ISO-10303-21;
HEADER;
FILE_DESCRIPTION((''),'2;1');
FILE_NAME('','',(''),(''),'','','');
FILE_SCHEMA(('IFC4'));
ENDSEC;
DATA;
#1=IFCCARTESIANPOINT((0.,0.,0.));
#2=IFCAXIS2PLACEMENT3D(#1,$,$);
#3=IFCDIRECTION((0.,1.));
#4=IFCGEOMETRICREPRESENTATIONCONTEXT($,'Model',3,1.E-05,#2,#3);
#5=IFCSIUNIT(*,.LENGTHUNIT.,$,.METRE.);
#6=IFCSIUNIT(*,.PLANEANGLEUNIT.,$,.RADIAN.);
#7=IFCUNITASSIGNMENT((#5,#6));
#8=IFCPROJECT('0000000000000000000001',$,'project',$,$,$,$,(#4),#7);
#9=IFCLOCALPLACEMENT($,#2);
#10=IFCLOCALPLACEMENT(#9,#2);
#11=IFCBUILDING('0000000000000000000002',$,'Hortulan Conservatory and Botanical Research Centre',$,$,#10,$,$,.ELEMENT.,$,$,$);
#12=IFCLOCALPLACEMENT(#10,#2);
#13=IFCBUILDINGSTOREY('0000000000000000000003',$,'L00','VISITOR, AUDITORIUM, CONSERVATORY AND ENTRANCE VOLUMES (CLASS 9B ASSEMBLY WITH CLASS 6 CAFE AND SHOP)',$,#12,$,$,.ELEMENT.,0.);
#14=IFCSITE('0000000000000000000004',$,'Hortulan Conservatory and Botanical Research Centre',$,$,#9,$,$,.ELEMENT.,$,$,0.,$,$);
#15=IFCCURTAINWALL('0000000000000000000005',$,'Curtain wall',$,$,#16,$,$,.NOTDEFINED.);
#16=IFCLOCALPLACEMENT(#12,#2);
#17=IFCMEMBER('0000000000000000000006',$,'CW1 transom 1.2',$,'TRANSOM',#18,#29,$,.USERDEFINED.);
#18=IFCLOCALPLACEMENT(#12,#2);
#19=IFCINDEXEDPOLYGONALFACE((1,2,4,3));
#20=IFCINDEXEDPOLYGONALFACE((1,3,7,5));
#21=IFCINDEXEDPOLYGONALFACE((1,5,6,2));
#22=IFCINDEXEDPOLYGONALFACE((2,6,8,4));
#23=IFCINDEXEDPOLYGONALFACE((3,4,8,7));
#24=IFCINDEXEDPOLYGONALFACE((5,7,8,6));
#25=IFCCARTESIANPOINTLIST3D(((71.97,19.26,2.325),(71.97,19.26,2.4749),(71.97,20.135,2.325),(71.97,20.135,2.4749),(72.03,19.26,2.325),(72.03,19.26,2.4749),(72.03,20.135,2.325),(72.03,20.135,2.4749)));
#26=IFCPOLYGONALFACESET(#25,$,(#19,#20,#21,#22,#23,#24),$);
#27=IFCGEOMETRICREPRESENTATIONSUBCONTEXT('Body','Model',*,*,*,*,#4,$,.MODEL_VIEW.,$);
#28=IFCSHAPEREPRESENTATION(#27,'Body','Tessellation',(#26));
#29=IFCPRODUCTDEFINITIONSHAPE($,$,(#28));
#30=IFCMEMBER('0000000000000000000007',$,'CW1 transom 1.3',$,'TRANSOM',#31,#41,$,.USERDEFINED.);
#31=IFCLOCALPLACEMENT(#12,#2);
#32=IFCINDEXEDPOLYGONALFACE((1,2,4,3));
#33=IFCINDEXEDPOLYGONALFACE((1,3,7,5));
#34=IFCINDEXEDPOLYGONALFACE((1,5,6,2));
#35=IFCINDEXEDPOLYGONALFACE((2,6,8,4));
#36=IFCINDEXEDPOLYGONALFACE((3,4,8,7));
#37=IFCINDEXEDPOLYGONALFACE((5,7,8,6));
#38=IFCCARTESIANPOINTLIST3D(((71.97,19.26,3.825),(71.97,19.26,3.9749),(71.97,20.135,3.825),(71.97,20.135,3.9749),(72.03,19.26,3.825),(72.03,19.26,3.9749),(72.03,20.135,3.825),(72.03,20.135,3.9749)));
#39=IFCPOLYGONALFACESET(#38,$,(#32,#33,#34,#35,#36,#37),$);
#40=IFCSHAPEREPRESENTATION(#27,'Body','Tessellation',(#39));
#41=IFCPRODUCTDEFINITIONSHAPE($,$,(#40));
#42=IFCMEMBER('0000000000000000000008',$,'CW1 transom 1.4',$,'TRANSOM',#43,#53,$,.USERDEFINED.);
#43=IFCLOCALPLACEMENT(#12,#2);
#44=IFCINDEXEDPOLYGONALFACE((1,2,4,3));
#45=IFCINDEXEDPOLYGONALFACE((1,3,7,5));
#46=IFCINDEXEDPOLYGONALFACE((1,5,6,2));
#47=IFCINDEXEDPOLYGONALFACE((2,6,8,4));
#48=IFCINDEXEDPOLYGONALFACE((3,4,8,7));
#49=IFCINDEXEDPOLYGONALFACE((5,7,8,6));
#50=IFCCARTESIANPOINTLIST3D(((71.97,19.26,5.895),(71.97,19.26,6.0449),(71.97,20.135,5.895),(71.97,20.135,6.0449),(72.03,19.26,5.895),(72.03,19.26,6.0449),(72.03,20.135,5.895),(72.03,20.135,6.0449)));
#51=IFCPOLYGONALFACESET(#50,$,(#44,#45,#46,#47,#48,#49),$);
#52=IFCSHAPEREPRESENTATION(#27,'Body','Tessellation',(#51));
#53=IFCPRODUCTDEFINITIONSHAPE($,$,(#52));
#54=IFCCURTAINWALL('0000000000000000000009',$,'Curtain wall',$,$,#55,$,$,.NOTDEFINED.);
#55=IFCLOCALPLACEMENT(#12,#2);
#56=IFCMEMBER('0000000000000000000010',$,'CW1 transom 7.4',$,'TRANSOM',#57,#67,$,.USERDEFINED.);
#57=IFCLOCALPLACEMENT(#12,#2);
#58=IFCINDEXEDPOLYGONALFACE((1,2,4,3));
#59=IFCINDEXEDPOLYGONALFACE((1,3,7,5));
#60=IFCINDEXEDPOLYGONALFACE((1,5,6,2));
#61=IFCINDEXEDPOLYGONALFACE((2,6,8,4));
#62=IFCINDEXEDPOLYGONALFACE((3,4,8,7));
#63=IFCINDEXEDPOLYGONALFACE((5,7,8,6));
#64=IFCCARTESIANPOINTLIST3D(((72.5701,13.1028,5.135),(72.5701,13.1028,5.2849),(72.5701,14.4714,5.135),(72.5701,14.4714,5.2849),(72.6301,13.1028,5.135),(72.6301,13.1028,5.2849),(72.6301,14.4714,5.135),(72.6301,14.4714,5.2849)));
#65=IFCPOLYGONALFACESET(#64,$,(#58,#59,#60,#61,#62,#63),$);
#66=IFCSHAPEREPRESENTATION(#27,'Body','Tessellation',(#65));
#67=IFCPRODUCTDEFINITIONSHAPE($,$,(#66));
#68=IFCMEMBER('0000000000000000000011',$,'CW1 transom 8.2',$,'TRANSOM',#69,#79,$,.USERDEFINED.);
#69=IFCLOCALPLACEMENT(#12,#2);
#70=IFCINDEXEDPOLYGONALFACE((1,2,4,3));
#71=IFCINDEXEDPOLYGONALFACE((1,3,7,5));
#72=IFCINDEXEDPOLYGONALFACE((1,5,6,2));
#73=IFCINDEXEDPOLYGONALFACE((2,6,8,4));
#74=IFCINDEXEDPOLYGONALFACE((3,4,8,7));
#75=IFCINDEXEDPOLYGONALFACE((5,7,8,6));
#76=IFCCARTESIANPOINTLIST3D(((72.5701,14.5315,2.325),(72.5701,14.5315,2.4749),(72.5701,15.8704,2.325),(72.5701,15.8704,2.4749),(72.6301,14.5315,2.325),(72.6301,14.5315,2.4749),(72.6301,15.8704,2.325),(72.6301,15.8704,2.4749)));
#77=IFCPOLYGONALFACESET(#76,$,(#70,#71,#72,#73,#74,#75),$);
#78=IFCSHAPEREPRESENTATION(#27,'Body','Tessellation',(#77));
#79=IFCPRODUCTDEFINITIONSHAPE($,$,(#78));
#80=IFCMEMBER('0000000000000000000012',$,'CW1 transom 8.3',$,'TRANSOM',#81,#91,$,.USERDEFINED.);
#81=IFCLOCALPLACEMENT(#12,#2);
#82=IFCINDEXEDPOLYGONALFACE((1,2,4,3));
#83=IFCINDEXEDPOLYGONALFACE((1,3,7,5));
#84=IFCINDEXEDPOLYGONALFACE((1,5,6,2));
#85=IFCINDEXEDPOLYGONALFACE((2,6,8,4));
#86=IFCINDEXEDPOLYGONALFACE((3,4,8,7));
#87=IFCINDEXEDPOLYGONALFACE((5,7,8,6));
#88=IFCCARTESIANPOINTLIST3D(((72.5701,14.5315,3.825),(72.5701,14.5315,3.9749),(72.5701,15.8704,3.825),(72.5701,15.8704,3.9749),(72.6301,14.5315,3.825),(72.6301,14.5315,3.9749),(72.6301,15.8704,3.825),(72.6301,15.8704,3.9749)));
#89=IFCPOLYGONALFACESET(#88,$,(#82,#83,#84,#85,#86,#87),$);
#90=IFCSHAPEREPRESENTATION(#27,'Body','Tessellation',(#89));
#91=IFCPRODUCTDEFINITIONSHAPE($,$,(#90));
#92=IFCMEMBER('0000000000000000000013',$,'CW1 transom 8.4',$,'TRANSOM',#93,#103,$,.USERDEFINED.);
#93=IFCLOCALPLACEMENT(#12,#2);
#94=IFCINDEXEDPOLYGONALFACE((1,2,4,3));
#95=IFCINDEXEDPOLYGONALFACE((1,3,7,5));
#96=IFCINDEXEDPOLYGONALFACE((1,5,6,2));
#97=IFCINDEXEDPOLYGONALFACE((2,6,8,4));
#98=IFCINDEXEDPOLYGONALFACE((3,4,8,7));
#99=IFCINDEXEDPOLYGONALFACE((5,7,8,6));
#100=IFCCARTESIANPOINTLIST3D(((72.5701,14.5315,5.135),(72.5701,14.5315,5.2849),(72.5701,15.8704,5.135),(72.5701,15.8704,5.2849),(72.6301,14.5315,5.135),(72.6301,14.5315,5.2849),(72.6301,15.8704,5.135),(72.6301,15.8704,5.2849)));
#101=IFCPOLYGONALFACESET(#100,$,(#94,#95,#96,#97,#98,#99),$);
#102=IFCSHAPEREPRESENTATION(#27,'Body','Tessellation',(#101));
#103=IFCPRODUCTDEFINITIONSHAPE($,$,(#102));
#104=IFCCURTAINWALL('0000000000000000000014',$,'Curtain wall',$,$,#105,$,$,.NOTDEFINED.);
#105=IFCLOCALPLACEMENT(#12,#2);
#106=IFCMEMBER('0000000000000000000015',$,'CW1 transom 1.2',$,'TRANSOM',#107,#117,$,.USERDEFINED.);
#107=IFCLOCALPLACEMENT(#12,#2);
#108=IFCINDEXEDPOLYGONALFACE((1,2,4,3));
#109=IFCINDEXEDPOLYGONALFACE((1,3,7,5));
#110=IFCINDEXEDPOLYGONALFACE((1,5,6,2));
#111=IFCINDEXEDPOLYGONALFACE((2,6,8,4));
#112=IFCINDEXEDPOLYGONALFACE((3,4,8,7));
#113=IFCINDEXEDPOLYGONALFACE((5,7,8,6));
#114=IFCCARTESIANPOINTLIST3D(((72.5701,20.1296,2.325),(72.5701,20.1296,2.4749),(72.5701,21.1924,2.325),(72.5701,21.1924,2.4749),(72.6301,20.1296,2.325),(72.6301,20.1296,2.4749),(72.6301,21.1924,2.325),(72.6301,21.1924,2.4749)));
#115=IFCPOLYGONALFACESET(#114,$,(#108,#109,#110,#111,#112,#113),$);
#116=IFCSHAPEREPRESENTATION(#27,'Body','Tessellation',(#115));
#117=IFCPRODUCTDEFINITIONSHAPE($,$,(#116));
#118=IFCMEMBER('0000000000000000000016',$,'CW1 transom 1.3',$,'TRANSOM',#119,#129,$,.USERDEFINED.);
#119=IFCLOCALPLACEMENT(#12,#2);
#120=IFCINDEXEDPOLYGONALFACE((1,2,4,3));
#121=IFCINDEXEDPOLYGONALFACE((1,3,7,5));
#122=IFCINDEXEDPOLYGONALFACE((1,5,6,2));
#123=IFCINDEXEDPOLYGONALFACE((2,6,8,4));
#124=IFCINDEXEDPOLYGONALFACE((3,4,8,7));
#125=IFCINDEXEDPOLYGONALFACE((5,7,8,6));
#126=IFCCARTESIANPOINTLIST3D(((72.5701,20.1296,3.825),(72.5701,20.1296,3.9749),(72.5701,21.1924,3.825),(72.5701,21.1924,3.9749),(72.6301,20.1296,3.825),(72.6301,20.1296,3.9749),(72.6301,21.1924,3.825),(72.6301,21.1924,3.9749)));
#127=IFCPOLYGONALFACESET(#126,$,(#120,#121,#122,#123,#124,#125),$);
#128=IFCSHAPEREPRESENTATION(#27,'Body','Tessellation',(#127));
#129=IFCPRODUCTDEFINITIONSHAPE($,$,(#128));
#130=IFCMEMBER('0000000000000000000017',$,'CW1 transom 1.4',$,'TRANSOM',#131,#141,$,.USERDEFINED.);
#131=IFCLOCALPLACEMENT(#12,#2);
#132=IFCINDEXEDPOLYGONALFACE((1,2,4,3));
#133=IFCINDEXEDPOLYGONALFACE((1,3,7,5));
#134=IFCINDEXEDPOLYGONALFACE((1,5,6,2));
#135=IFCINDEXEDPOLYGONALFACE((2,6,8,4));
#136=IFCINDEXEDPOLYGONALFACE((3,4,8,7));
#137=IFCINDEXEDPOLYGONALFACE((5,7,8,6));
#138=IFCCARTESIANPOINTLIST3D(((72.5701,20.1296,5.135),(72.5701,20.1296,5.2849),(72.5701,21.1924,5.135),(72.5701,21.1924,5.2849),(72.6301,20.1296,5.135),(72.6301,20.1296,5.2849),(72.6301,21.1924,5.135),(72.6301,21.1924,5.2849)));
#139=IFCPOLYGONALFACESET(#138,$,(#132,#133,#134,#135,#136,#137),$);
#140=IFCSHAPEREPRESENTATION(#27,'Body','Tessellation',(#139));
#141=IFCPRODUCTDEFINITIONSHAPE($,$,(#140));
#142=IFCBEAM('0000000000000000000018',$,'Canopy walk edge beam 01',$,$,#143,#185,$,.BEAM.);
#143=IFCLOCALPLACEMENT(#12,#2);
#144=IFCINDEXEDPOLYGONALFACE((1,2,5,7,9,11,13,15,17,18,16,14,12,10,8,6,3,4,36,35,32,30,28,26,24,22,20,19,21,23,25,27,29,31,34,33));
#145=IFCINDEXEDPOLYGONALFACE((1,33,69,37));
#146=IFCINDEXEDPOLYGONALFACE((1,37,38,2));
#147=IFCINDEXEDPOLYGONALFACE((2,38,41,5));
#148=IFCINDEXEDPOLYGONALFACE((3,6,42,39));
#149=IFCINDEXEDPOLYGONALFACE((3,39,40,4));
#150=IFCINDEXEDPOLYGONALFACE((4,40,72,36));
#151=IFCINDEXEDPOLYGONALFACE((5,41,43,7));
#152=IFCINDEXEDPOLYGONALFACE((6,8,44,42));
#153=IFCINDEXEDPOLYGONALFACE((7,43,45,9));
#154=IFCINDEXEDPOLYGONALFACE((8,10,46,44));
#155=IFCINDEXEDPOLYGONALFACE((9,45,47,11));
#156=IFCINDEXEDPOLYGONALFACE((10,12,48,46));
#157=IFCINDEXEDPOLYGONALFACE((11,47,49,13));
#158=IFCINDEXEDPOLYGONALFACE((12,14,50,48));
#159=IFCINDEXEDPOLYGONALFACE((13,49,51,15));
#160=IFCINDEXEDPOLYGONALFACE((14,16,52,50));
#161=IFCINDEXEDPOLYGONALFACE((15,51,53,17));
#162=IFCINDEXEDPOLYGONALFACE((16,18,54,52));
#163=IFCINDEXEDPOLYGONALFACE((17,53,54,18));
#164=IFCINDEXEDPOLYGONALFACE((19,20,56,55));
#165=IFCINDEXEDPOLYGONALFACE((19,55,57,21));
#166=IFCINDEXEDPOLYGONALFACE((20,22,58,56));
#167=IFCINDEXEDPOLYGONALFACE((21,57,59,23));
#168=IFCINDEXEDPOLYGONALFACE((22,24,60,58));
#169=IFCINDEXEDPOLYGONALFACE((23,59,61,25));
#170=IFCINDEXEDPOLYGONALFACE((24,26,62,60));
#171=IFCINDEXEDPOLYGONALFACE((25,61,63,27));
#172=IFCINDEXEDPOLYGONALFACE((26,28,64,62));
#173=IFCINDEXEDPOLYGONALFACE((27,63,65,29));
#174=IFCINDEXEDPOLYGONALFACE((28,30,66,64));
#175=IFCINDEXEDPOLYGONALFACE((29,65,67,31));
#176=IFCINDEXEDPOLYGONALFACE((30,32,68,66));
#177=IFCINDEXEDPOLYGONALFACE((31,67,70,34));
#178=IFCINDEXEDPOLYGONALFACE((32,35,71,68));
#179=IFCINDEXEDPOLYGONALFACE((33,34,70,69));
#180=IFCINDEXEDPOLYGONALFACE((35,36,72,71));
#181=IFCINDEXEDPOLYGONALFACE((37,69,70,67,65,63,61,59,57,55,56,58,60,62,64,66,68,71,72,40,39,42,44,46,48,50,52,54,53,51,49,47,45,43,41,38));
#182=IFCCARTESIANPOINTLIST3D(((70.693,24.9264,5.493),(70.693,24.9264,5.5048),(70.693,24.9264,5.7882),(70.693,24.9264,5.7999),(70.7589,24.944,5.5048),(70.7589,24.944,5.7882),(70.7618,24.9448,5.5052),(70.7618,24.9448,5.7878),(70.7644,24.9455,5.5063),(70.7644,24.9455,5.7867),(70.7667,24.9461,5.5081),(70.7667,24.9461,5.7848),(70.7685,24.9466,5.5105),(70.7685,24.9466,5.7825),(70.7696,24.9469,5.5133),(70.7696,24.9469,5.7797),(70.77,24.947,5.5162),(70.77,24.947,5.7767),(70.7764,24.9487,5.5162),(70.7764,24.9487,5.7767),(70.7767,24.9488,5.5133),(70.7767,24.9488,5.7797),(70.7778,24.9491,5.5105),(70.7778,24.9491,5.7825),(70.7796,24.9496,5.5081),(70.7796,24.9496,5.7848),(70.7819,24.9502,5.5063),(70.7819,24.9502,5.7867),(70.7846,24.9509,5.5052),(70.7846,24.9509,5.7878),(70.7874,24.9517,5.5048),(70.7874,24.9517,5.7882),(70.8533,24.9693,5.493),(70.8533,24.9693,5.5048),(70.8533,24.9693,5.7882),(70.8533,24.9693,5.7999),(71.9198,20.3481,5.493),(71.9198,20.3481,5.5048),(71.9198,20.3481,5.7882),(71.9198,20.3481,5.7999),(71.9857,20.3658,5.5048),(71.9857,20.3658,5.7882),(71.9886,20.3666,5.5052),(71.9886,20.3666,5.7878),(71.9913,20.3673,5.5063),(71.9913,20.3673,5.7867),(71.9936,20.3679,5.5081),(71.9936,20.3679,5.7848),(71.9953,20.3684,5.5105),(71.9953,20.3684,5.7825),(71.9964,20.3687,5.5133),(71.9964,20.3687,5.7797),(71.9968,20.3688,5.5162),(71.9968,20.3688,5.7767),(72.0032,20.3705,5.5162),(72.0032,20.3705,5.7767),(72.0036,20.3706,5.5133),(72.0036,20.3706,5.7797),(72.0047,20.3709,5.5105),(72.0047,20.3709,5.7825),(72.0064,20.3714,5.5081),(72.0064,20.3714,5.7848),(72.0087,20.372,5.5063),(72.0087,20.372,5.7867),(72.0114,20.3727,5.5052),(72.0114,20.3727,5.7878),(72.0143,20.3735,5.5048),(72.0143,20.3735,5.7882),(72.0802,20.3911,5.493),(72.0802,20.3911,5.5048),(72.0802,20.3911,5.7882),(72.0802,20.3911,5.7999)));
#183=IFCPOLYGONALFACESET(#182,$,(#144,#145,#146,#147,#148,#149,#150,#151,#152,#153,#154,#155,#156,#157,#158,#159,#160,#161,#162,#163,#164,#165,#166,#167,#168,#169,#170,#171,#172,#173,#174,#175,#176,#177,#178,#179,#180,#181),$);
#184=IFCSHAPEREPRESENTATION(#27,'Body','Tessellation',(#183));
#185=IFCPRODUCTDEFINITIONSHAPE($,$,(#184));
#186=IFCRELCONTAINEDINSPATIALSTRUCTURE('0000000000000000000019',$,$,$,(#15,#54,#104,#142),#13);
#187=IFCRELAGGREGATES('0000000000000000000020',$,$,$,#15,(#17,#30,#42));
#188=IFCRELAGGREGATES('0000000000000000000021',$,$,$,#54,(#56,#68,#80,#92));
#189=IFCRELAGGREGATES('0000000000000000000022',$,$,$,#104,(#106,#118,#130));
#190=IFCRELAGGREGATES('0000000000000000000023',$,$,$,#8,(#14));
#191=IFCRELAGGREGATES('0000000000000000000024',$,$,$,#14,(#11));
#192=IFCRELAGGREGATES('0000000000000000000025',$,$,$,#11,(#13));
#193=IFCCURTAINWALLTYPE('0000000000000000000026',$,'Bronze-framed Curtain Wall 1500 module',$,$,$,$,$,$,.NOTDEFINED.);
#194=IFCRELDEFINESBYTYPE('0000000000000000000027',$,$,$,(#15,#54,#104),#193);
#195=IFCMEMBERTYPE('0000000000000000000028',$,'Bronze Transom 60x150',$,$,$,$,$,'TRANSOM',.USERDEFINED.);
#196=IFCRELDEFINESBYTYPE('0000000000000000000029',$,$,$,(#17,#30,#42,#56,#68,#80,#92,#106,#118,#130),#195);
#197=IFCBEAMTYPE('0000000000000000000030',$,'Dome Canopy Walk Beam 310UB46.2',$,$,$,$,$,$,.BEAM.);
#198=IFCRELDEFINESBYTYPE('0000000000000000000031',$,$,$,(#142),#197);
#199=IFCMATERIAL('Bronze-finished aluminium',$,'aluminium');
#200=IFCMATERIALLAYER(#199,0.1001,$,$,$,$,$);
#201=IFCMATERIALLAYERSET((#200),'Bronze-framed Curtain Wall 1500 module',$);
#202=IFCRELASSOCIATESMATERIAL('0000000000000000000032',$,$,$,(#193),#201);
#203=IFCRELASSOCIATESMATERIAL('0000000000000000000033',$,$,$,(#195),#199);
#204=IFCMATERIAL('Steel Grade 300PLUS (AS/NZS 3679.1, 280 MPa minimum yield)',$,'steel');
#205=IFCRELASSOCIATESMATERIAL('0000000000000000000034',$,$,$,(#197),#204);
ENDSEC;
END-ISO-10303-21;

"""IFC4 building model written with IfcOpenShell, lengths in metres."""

from ifc_helpers import new_model, si_unit, direction, frame, origin, origin_2d, place, context, subcontext, project, spatial, rectangle, i_section, extrude, material, layer, layer_set, material_profile, profile_set, type_object, element, aggregate, save


model = new_model("IFC4")

# Units and contexts
model_context = context("Model", 3, precision=1e-05, world=origin(), true_north=direction((0.0, 1.0)))
body_context = subcontext(model_context, "Body", "Model", "MODEL_VIEW")
ifc_project = project(units=[si_unit("LENGTHUNIT", "METRE"), si_unit("PLANEANGLEUNIT", "RADIAN")], contexts=[model_context])

# Site, building, storey
site_placement = place(None, origin())
site = spatial("IfcSite", under=ifc_project, at=site_placement, Name="Hortulan Conservatory and Botanical Research Centre", CompositionType="ELEMENT", RefElevation=0.0)
building_placement = place(site_placement, origin())
building = spatial("IfcBuilding", under=site, at=building_placement, Name="Hortulan Conservatory and Botanical Research Centre", CompositionType="ELEMENT")
storey_placement = place(building_placement, origin())
storey = spatial("IfcBuildingStorey", under=building, at=storey_placement, Name="L00", Description="VISITOR, AUDITORIUM, CONSERVATORY AND ENTRANCE VOLUMES (CLASS 9B ASSEMBLY WITH CLASS 6 CAFE AND SHOP)", CompositionType="ELEMENT", Elevation=0.0)

# Curtain walls, members
ifc_material_1 = material(Name="Bronze-finished aluminium", Category="aluminium")
ifc_layer_1 = layer(ifc_material_1, 0.1001)
ifc_layer_set_1 = layer_set([ifc_layer_1], Name="Bronze-framed Curtain Wall 1500 module")
curtain_wall_type = type_object("IfcCurtainWallType", Name="Bronze-framed Curtain Wall 1500 module", PredefinedType="NOTDEFINED", material=ifc_layer_set_1)
curtain_wall_1_placement = place(storey_placement, origin())
curtain_wall_1 = element("IfcCurtainWall", 1, at=curtain_wall_1_placement, inside=storey, type_object=curtain_wall_type, Name="Curtain wall", PredefinedType="NOTDEFINED")
ifc_material_profile_1 = material_profile(ifc_material_1, rectangle(XDim=0.0601, YDim=0.1499, at=origin_2d()), Name="Bronze Transom 60x150")
ifc_profile_set_1 = profile_set([ifc_material_profile_1], Name="Bronze-finished aluminium")
member_type = type_object("IfcMemberType", Name="Bronze Transom 60x150", ElementType="TRANSOM", PredefinedType="USERDEFINED", material=ifc_profile_set_1)
member_1_placement = place(storey_placement, frame((72.0, 20.135, 2.3999), z_axis=(0.0, -1.0, 0.0), x_axis=(1.0, 0.0, 0.0)))
member_1 = element("IfcMember", 2, at=member_1_placement, type_object=member_type, Name="CW1 transom 1.2", ObjectType="TRANSOM", PredefinedType="USERDEFINED", context=body_context, shape_type="SweptSolid", body=[
    extrude(rectangle(XDim=0.0601, YDim=0.1499, at=origin_2d()), origin(), (0.0, 0.0, 1.0), 0.875),
])
member_2_placement = place(storey_placement, frame((72.0, 20.135, 3.8999), z_axis=(0.0, -1.0, 0.0), x_axis=(1.0, 0.0, 0.0)))
member_2 = element("IfcMember", 3, at=member_2_placement, type_object=member_type, Name="CW1 transom 1.3", ObjectType="TRANSOM", PredefinedType="USERDEFINED", context=body_context, shape_type="SweptSolid", body=[
    extrude(rectangle(XDim=0.0601, YDim=0.1499, at=origin_2d()), origin(), (0.0, 0.0, 1.0), 0.875),
])
member_3_placement = place(storey_placement, frame((72.0, 20.135, 5.97), z_axis=(0.0, -1.0, 0.0), x_axis=(1.0, 0.0, 0.0)))
member_3 = element("IfcMember", 4, at=member_3_placement, type_object=member_type, Name="CW1 transom 1.4", ObjectType="TRANSOM", PredefinedType="USERDEFINED", context=body_context, shape_type="SweptSolid", body=[
    extrude(rectangle(XDim=0.0601, YDim=0.1499, at=origin_2d()), origin(), (0.0, 0.0, 1.0), 0.875),
])
aggregate(curtain_wall_1, [member_1, member_2, member_3])
curtain_wall_2_placement = place(storey_placement, origin())
curtain_wall_2 = element("IfcCurtainWall", 5, at=curtain_wall_2_placement, inside=storey, type_object=curtain_wall_type, Name="Curtain wall", PredefinedType="NOTDEFINED")
member_4_placement = place(storey_placement, frame((72.6001, 13.1028, 5.21), z_axis=(0.0, 1.0, 0.0), x_axis=(-1.0, 0.0, 0.0)))
member_4 = element("IfcMember", 6, at=member_4_placement, type_object=member_type, Name="CW1 transom 7.4", ObjectType="TRANSOM", PredefinedType="USERDEFINED", context=body_context, shape_type="SweptSolid", body=[
    extrude(rectangle(XDim=0.0601, YDim=0.1499, at=origin_2d()), origin(), (0.0, 0.0, 1.0), 1.3687),
])
member_5_placement = place(storey_placement, frame((72.6001, 14.5315, 2.3999), z_axis=(0.0, 1.0, 0.0), x_axis=(-1.0, 0.0, 0.0)))
member_5 = element("IfcMember", 7, at=member_5_placement, type_object=member_type, Name="CW1 transom 8.2", ObjectType="TRANSOM", PredefinedType="USERDEFINED", context=body_context, shape_type="SweptSolid", body=[
    extrude(rectangle(XDim=0.0601, YDim=0.1499, at=origin_2d()), origin(), (0.0, 0.0, 1.0), 1.3389),
])
member_6_placement = place(storey_placement, frame((72.6001, 14.5315, 3.8999), z_axis=(0.0, 1.0, 0.0), x_axis=(-1.0, 0.0, 0.0)))
member_6 = element("IfcMember", 8, at=member_6_placement, type_object=member_type, Name="CW1 transom 8.3", ObjectType="TRANSOM", PredefinedType="USERDEFINED", context=body_context, shape_type="SweptSolid", body=[
    extrude(rectangle(XDim=0.0601, YDim=0.1499, at=origin_2d()), origin(), (0.0, 0.0, 1.0), 1.3389),
])
member_7_placement = place(storey_placement, frame((72.6001, 14.5315, 5.21), z_axis=(0.0, 1.0, 0.0), x_axis=(-1.0, 0.0, 0.0)))
member_7 = element("IfcMember", 9, at=member_7_placement, type_object=member_type, Name="CW1 transom 8.4", ObjectType="TRANSOM", PredefinedType="USERDEFINED", context=body_context, shape_type="SweptSolid", body=[
    extrude(rectangle(XDim=0.0601, YDim=0.1499, at=origin_2d()), origin(), (0.0, 0.0, 1.0), 1.3389),
])
curtain_wall_3_placement = place(storey_placement, origin())
curtain_wall_3 = element("IfcCurtainWall", 10, at=curtain_wall_3_placement, inside=storey, type_object=curtain_wall_type, Name="Curtain wall", PredefinedType="NOTDEFINED")
member_8_placement = place(storey_placement, frame((72.6001, 20.1296, 2.3999), z_axis=(0.0, 1.0, 0.0), x_axis=(-1.0, 0.0, 0.0)))
member_8 = element("IfcMember", 11, at=member_8_placement, type_object=member_type, Name="CW1 transom 1.2", ObjectType="TRANSOM", PredefinedType="USERDEFINED", context=body_context, shape_type="SweptSolid", body=[
    extrude(rectangle(XDim=0.0601, YDim=0.1499, at=origin_2d()), origin(), (0.0, 0.0, 1.0), 1.0627),
])
member_9_placement = place(storey_placement, frame((72.6001, 20.1296, 3.8999), z_axis=(0.0, 1.0, 0.0), x_axis=(-1.0, 0.0, 0.0)))
member_9 = element("IfcMember", 12, at=member_9_placement, type_object=member_type, Name="CW1 transom 1.3", ObjectType="TRANSOM", PredefinedType="USERDEFINED", context=body_context, shape_type="SweptSolid", body=[
    extrude(rectangle(XDim=0.0601, YDim=0.1499, at=origin_2d()), origin(), (0.0, 0.0, 1.0), 1.0627),
])
member_10_placement = place(storey_placement, frame((72.6001, 20.1296, 5.21), z_axis=(0.0, 1.0, 0.0), x_axis=(-1.0, 0.0, 0.0)))
member_10 = element("IfcMember", 13, at=member_10_placement, type_object=member_type, Name="CW1 transom 1.4", ObjectType="TRANSOM", PredefinedType="USERDEFINED", context=body_context, shape_type="SweptSolid", body=[
    extrude(rectangle(XDim=0.0601, YDim=0.1499, at=origin_2d()), origin(), (0.0, 0.0, 1.0), 1.0627),
])

# Beam
ifc_material_2 = material(Name="Steel Grade 300PLUS (AS/NZS 3679.1, 280 MPa minimum yield)", Category="steel")
ifc_material_profile_2 = material_profile(ifc_material_2, i_section(OverallWidth=0.166, OverallDepth=0.3069, WebThickness=0.0066, FlangeThickness=0.0117, FilletRadius=0.0115, at=origin_2d()), Name="310UB46.2")
ifc_profile_set_2 = profile_set([ifc_material_profile_2], Name="Steel Grade 300PLUS (AS/NZS 3679.1, 280 MPa minimum yield)")
beam_type_1 = type_object("IfcBeamType", Name="Dome Canopy Walk Beam 310UB46.2", PredefinedType="BEAM", material=ifc_profile_set_2)
beam_1_placement = place(storey_placement, frame((72.0, 20.3696, 5.6465), z_axis=(-0.258839, 0.96592, 0.0), x_axis=(-0.96592, -0.258839, 0.0)))
element("IfcBeam", 14, at=beam_1_placement, inside=storey, type_object=beam_type_1, Name="Canopy walk edge beam 01", PredefinedType="BEAM", context=body_context, shape_type="SweptSolid", body=[
    extrude(i_section(OverallWidth=0.166, OverallDepth=0.3069, WebThickness=0.0066, FlangeThickness=0.0117, FilletRadius=0.0115, at=origin_2d()), origin(), (0.0, 0.0, 1.0), 4.7397),
])

aggregate(curtain_wall_2, [member_4, member_5, member_6, member_7])
aggregate(curtain_wall_3, [member_8, member_9, member_10])

save(model, "model.ifc")
